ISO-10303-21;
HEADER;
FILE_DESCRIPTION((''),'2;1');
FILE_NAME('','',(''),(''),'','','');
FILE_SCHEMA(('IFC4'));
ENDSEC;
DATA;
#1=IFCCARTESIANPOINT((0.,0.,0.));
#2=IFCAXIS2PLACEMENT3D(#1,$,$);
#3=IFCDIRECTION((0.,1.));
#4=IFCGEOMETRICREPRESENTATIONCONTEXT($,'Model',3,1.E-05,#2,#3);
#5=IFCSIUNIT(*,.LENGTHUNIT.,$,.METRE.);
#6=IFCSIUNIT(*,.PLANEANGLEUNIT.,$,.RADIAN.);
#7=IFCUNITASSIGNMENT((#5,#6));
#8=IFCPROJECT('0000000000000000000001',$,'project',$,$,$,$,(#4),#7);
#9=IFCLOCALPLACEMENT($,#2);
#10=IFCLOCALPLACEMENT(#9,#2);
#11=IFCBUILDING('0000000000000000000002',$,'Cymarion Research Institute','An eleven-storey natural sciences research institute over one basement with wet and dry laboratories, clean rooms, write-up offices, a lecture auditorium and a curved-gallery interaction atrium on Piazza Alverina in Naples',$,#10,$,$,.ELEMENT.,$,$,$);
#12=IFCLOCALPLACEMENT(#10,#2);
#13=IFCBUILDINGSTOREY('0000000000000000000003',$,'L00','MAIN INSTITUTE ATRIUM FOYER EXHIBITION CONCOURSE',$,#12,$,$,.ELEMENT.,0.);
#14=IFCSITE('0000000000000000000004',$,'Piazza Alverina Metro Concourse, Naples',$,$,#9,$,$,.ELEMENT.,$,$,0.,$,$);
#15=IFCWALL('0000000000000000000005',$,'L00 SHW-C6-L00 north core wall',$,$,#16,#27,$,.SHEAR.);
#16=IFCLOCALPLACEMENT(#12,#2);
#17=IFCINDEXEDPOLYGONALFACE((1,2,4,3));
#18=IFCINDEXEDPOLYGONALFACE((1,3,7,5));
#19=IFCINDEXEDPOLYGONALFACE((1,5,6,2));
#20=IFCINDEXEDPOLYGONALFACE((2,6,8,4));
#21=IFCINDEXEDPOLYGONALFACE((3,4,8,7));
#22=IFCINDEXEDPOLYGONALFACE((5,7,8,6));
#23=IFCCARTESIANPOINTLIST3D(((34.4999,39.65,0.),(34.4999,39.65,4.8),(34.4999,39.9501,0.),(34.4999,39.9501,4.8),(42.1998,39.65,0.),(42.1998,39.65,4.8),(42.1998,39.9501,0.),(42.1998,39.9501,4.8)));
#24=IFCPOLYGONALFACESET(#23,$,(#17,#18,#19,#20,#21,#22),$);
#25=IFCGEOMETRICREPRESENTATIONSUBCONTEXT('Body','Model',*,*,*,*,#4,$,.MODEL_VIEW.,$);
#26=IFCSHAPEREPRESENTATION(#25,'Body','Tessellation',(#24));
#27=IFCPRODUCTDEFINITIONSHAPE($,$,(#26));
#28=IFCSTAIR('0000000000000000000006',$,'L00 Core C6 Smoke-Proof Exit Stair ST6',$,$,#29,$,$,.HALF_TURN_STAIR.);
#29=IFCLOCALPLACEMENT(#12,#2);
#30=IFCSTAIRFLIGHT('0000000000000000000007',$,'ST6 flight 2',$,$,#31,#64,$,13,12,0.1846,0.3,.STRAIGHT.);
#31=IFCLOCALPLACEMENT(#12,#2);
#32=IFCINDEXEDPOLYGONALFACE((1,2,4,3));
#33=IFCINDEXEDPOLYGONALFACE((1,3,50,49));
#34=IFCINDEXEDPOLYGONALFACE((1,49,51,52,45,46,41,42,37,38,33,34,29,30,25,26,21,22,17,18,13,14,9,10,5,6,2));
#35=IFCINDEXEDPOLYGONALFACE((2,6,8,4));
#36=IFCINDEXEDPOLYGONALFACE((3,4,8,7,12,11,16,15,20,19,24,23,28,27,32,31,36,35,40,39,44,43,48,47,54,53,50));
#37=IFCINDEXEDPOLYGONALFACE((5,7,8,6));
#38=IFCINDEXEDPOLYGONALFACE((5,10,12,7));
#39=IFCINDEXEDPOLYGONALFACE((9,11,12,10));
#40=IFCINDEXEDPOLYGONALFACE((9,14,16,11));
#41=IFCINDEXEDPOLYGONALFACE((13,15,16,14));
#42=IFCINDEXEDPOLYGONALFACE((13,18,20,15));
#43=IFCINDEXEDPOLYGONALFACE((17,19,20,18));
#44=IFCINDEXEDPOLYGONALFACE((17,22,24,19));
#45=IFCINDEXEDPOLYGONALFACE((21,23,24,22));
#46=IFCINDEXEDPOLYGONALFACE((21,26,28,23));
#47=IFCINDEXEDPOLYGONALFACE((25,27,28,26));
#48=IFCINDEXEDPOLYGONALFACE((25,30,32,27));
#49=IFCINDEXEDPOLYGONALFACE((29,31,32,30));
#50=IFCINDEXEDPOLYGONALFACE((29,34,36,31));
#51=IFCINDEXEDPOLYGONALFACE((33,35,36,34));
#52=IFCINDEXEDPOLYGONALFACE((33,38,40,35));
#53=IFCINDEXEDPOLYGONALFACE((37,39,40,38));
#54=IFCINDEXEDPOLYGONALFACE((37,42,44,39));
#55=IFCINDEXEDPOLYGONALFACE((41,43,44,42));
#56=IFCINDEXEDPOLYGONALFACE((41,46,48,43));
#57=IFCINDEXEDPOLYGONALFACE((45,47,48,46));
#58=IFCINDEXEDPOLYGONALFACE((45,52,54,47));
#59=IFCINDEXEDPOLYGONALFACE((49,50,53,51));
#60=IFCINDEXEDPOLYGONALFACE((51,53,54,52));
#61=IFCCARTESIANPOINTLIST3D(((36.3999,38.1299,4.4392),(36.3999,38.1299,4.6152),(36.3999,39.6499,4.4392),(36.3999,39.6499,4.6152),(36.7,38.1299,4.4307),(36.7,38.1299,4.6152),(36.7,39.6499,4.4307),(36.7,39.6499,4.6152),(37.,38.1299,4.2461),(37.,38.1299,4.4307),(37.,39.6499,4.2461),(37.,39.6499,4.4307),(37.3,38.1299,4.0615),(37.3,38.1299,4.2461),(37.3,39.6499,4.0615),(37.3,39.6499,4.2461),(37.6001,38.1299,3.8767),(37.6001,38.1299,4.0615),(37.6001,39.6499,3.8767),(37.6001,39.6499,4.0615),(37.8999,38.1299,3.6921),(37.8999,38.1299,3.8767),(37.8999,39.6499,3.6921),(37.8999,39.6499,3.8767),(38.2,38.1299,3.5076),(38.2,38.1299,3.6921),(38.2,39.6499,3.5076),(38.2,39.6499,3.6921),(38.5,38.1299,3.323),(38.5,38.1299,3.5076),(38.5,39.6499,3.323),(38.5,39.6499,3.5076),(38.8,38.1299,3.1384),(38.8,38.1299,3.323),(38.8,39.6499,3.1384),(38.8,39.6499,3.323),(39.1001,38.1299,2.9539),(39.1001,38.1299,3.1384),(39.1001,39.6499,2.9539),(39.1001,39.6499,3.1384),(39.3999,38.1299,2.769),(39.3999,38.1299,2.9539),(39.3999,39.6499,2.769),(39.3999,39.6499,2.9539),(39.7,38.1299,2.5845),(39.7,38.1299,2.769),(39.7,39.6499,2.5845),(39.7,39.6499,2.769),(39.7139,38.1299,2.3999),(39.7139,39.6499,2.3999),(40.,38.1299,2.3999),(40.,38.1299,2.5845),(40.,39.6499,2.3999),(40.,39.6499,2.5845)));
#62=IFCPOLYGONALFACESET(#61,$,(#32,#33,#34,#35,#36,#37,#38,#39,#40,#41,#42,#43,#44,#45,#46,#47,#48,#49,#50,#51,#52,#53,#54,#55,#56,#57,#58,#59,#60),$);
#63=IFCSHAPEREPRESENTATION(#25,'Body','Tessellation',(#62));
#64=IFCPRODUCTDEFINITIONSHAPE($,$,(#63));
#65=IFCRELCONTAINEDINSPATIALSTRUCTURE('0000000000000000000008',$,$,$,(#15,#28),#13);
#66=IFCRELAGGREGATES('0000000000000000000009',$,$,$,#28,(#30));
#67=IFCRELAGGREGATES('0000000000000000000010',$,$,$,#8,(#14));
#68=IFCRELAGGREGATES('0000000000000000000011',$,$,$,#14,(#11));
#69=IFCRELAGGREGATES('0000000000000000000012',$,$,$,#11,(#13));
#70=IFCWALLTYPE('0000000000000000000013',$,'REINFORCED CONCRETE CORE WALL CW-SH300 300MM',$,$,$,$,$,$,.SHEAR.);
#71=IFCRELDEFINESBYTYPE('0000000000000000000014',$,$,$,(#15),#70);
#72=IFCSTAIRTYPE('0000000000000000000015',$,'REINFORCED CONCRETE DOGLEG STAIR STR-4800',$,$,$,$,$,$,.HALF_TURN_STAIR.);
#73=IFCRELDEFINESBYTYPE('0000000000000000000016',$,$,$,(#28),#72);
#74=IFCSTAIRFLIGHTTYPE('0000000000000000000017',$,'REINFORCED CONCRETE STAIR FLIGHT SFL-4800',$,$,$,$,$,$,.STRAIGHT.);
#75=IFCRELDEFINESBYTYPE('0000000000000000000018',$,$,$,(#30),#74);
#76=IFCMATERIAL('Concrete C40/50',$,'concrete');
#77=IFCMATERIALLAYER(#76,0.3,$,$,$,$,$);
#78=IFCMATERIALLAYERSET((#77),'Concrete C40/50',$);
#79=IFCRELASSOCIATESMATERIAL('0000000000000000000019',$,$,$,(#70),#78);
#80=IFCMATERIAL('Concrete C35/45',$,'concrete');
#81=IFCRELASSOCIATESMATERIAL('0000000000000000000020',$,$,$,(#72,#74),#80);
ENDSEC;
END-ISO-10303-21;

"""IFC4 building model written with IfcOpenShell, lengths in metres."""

from ifc_helpers import new_model, si_unit, direction, frame, frame_2d, origin, place, context, subcontext, project, spatial, polyline, rectangle, outline, extrude, material, layer, layer_set, type_object, element, aggregate, save


model = new_model("IFC4")

# Units and contexts
model_context = context("Model", 3, precision=1e-05, world=origin(), true_north=direction((0.0, 1.0)))
body_context = subcontext(model_context, "Body", "Model", "MODEL_VIEW")
ifc_project = project(units=[si_unit("LENGTHUNIT", "METRE"), si_unit("PLANEANGLEUNIT", "RADIAN")], contexts=[model_context])

# Site, building, storey
site_placement = place(None, origin())
site = spatial("IfcSite", under=ifc_project, at=site_placement, Name="Piazza Alverina Metro Concourse, Naples", CompositionType="ELEMENT", RefElevation=0.0)
building_placement = place(site_placement, origin())
building = spatial("IfcBuilding", under=site, at=building_placement, Name="Cymarion Research Institute", Description="An eleven-storey natural sciences research institute over one basement with wet and dry laboratories, clean rooms, write-up offices, a lecture auditorium and a curved-gallery interaction atrium on Piazza Alverina in Naples", CompositionType="ELEMENT")
storey_placement = place(building_placement, origin())
storey = spatial("IfcBuildingStorey", under=building, at=storey_placement, Name="L00", Description="MAIN INSTITUTE ATRIUM FOYER EXHIBITION CONCOURSE", CompositionType="ELEMENT", Elevation=0.0)

# Wall
ifc_material_1 = material(Name="Concrete C40/50", Category="concrete")
ifc_layer_1 = layer(ifc_material_1, 0.3)
ifc_layer_set_1 = layer_set([ifc_layer_1], Name="Concrete C40/50")
wall_type = type_object("IfcWallType", Name="REINFORCED CONCRETE CORE WALL CW-SH300 300MM", PredefinedType="SHEAR", material=ifc_layer_set_1)
wall_placement = place(storey_placement, frame((42.2, 39.8, 0.0), z_axis=(0.0, 0.0, 1.0), x_axis=(-1.0, 0.0, 0.0)))
element("IfcWall", 1, at=wall_placement, inside=storey, type_object=wall_type, Name="L00 SHW-C6-L00 north core wall", PredefinedType="SHEAR", context=body_context, shape_type="SweptSolid", body=[
    extrude(rectangle(XDim=7.7, YDim=0.3, at=frame_2d((3.8501, 0.0))), origin(), (0.0, 0.0, 1.0), 4.8),
])

# Stair, stair flight
ifc_material_2 = material(Name="Concrete C35/45", Category="concrete")
stair_type = type_object("IfcStairType", Name="REINFORCED CONCRETE DOGLEG STAIR STR-4800", PredefinedType="HALF_TURN_STAIR", material=ifc_material_2)
stair_placement = place(storey_placement, origin())
stair = element("IfcStair", 2, at=stair_placement, inside=storey, type_object=stair_type, Name="L00 Core C6 Smoke-Proof Exit Stair ST6", PredefinedType="HALF_TURN_STAIR")
stair_flight_type = type_object("IfcStairFlightType", Name="REINFORCED CONCRETE STAIR FLIGHT SFL-4800", PredefinedType="STRAIGHT", material=ifc_material_2)
stair_flight_placement = place(storey_placement, frame((40.0, 38.8899, 2.3999), z_axis=(0.0, 0.0, 1.0), x_axis=(-1.0, 0.0, 0.0)))
stair_flight = element("IfcStairFlight", 3, at=stair_flight_placement, type_object=stair_flight_type, Name="ST6 flight 2", NumberOfRisers=13, NumberOfTreads=12, PredefinedType="STRAIGHT", RiserHeight=0.1846, TreadLength=0.3, context=body_context, shape_type="SweptSolid", body=[
    extrude(outline(polyline([(0.0, 0.0), (0.0, 0.1846), (0.3, 0.1846), (0.3, 0.3691), (0.6001, 0.3691), (0.6001, 0.554), (0.8999, 0.554), (0.8999, 0.7385), (1.2, 0.7385), (1.2, 0.9231), (1.5, 0.9231), (1.5, 1.1077), (1.8, 1.1077), (1.8, 1.2922), (2.1001, 1.2922), (2.1001, 1.4768), (2.3999, 1.4768), (2.3999, 1.6616), (2.7, 1.6616), (2.7, 1.8462), (3.0, 1.8462), (3.0, 2.0308), (3.3, 2.0308), (3.3, 2.2153), (3.6001, 2.2153), (3.6001, 2.3999), (3.6001, 2.0393), (0.2861, 0.0), (0.0, 0.0)])), frame((0.0, 0.76, 0.0), z_axis=(0.0, -1.0, 0.0), x_axis=(1.0, 0.0, 0.0)), (0.0, 0.0, 1.0), 1.52),
])
aggregate(stair, [stair_flight])

save(model, "model.ifc")
